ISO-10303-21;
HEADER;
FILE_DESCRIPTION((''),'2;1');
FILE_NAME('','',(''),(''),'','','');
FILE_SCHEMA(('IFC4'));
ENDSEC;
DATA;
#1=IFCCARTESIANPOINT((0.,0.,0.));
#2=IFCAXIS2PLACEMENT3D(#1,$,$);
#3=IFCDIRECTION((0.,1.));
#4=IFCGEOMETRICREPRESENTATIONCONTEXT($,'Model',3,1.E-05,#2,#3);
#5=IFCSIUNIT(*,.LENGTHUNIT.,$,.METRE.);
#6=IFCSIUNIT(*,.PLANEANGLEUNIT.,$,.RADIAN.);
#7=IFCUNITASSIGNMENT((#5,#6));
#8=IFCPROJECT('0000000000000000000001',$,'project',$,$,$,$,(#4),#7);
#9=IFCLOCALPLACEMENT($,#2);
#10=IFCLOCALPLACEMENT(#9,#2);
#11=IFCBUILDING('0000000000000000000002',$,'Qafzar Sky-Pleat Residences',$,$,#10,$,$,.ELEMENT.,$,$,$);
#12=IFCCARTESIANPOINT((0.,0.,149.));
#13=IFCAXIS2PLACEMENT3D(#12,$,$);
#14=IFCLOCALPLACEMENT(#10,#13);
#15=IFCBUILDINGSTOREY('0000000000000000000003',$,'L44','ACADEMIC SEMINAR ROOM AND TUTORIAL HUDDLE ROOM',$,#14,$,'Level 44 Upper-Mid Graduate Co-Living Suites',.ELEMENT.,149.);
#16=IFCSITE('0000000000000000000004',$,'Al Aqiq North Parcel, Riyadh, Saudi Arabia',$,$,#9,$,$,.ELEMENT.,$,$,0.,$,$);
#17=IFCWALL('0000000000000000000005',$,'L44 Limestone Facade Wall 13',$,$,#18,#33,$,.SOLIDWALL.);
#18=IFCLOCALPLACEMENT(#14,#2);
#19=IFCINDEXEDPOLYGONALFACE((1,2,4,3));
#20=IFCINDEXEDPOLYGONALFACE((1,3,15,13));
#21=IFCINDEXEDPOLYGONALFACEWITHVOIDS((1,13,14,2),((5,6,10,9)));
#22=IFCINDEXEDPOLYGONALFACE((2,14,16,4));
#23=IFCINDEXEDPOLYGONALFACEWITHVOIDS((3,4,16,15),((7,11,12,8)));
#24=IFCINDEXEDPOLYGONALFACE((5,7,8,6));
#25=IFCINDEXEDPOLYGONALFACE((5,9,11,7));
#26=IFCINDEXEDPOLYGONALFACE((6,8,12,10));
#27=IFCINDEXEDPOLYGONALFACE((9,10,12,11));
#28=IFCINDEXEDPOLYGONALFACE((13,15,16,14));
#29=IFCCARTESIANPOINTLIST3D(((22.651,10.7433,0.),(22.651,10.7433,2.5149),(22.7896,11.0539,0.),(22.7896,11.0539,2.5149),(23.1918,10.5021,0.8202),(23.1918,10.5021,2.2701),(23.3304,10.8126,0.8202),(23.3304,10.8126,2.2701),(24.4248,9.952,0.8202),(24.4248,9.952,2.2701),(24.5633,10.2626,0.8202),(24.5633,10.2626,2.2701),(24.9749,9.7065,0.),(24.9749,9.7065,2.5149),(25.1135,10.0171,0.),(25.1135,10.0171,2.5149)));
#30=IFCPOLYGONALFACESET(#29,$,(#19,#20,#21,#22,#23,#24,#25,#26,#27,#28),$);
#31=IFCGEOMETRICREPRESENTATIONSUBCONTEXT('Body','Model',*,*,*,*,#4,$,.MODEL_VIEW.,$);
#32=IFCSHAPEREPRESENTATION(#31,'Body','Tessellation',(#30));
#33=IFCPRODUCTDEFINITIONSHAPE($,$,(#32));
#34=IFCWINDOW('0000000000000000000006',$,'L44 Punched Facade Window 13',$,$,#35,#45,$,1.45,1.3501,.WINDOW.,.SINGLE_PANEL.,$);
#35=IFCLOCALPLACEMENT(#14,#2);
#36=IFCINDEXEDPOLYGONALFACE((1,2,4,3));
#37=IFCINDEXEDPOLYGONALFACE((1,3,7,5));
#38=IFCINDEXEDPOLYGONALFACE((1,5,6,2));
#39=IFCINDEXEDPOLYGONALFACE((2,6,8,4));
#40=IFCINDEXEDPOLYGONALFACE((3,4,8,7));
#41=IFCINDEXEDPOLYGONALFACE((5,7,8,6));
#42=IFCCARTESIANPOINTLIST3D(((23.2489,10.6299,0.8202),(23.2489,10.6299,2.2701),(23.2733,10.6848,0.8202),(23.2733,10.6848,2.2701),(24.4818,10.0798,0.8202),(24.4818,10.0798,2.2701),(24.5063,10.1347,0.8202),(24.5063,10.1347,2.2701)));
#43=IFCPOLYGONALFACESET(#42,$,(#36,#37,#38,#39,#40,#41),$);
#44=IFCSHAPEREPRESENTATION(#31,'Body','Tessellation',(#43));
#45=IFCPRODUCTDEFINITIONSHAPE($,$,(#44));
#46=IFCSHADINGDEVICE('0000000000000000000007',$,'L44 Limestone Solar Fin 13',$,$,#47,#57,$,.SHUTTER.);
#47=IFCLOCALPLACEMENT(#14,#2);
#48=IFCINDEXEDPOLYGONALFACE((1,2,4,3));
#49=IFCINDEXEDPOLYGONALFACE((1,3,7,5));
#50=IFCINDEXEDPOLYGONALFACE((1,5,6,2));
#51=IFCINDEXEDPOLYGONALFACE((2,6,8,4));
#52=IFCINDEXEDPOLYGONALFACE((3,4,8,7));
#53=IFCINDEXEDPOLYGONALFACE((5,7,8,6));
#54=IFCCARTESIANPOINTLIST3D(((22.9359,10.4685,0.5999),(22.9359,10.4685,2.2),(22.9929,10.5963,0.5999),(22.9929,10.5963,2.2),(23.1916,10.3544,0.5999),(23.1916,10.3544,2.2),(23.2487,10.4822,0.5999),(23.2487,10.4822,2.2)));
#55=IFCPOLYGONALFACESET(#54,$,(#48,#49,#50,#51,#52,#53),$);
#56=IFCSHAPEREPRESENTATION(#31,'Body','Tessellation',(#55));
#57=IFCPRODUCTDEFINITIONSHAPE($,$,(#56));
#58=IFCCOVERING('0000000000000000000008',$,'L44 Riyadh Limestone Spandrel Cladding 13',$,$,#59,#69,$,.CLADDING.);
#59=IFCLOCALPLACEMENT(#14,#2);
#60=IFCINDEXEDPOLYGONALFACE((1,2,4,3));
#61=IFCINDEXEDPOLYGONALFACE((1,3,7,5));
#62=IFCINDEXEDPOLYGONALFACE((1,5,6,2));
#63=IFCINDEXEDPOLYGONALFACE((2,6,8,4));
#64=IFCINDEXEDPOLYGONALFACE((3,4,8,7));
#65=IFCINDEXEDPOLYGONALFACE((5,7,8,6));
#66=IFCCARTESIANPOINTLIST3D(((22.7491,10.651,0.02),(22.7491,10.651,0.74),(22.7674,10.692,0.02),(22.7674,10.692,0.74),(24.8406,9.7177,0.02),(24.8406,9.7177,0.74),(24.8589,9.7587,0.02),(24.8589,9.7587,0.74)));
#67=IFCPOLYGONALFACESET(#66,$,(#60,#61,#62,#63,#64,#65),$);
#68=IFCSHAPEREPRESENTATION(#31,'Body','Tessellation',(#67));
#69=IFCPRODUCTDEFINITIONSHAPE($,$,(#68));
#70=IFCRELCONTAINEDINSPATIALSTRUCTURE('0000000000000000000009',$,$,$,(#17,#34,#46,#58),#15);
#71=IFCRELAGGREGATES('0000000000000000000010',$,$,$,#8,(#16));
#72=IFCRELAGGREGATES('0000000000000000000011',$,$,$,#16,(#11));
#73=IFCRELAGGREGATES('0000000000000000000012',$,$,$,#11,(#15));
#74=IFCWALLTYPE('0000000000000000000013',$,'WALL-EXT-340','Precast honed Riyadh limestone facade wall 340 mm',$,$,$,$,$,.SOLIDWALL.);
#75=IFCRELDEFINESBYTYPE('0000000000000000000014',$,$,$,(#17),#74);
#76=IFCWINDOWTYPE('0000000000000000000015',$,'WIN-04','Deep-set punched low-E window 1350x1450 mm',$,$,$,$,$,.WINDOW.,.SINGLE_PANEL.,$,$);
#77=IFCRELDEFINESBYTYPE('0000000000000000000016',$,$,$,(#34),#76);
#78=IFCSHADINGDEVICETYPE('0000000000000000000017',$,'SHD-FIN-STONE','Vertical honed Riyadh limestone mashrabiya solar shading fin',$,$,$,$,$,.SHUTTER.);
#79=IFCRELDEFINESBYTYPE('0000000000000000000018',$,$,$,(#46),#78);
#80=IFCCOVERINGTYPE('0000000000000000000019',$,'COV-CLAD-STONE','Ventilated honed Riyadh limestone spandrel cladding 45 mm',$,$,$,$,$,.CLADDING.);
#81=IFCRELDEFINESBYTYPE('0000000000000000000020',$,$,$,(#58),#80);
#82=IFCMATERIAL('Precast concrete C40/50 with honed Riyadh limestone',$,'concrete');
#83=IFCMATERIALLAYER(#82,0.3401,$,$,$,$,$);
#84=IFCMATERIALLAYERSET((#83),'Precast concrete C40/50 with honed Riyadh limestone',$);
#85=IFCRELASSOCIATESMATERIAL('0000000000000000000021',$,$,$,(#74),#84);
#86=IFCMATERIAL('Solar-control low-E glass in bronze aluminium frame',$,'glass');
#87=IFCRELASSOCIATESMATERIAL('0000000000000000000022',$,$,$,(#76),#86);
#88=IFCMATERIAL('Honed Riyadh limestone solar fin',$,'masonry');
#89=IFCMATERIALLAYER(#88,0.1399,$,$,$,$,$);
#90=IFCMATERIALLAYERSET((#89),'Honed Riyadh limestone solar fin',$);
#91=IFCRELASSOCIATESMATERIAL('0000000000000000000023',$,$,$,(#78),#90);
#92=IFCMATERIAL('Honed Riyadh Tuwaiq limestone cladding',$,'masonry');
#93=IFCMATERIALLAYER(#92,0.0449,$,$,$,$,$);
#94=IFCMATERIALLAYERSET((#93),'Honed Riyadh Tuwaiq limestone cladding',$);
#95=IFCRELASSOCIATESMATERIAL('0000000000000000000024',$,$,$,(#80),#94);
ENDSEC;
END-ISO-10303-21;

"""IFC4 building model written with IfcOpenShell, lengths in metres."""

from ifc_helpers import new_model, si_unit, direction, frame, frame_2d, origin, origin_2d, place, context, subcontext, project, spatial, rectangle, extrude, source, transform, mapped, material, layer, layer_set, type_object, element, fill, save


model = new_model("IFC4")

# Units and contexts
model_context = context("Model", 3, precision=1e-05, world=origin(), true_north=direction((0.0, 1.0)))
body_context = subcontext(model_context, "Body", "Model", "MODEL_VIEW")
ifc_project = project(units=[si_unit("LENGTHUNIT", "METRE"), si_unit("PLANEANGLEUNIT", "RADIAN")], contexts=[model_context])

# Site, building, storey
site_placement = place(None, origin())
site = spatial("IfcSite", under=ifc_project, at=site_placement, Name="Al Aqiq North Parcel, Riyadh, Saudi Arabia", CompositionType="ELEMENT", RefElevation=0.0)
building_placement = place(site_placement, origin())
building = spatial("IfcBuilding", under=site, at=building_placement, Name="Qafzar Sky-Pleat Residences", CompositionType="ELEMENT")
storey_placement = place(building_placement, frame((0.0, 0.0, 149.0)))
storey = spatial("IfcBuildingStorey", under=building, at=storey_placement, Name="L44", Description="ACADEMIC SEMINAR ROOM AND TUTORIAL HUDDLE ROOM", LongName="Level 44 Upper-Mid Graduate Co-Living Suites", CompositionType="ELEMENT", Elevation=149.0)

# Wall, opening, window
ifc_material_1 = material(Name="Precast concrete C40/50 with honed Riyadh limestone", Category="concrete")
ifc_layer_1 = layer(ifc_material_1, 0.3401)
ifc_layer_set_1 = layer_set([ifc_layer_1], Name="Precast concrete C40/50 with honed Riyadh limestone")
wall_type_1 = type_object("IfcWallType", Name="WALL-EXT-340", Description="Precast honed Riyadh limestone facade wall 340 mm", PredefinedType="SOLIDWALL", material=ifc_layer_set_1)
ifc_material_2 = material(Name="Solar-control low-E glass in bronze aluminium frame", Category="glass")
wall_1_placement = place(storey_placement, frame((22.7202, 10.8987, 0.0), z_axis=(0.0, 0.0, 1.0), x_axis=(0.913229, -0.407447, 0.0)))
wall_1 = element("IfcWall", 1, at=wall_1_placement, inside=storey, type_object=wall_type_1, Name="L44 Limestone Facade Wall 13", PredefinedType="SOLIDWALL", context=body_context, shape_type="SweptSolid", body=[
    extrude(rectangle(XDim=2.5447, YDim=0.3401, at=frame_2d((1.2725, 0.0))), origin(), (0.0, 0.0, 1.0), 2.5149),
])
opening_1_placement = place(wall_1_placement, frame((0.5923, 0.0, 0.8201)))
opening_1 = element("IfcOpeningElement", 2, at=opening_1_placement, cuts=wall_1, PredefinedType="OPENING", context=body_context, shape_type="SweptSolid", body=[
    extrude(rectangle(XDim=1.3501, YDim=1.45, at=frame_2d((0.675, 0.7251))), frame((0.0, 0.1802, 0.0), z_axis=(0.0, -1.0, 0.0), x_axis=(1.0, 0.0, 0.0)), (0.0, 0.0, 1.0), 0.3601),
])
window_type_1 = type_object("IfcWindowType", Name="WIN-04", Description="Deep-set punched low-E window 1350x1450 mm", PartitioningType="SINGLE_PANEL", PredefinedType="WINDOW", material=ifc_material_2)
shared_shape_1 = source(origin(), body_context, "Body", "SweptSolid", [
    extrude(rectangle(XDim=1.3501, YDim=1.45, at=frame_2d((0.675, 0.7251))), frame((0.0, 0.03, 0.0), z_axis=(0.0, -1.0, 0.0), x_axis=(1.0, 0.0, 0.0)), (0.0, 0.0, 1.0), 0.0601),
])
window_1_placement = place(opening_1_placement, origin())
window_1 = element("IfcWindow", 3, at=window_1_placement, inside=storey, type_object=window_type_1, Name="L44 Punched Facade Window 13", OverallHeight=1.45, OverallWidth=1.3501, PartitioningType="SINGLE_PANEL", PredefinedType="WINDOW", context=body_context, shape_type="MappedRepresentation", body=[
    mapped(shared_shape_1, transform((0.0, 0.0, 0.0), x_axis=(1.0, 0.0, 0.0), y_axis=(0.0, 1.0, 0.0), z_axis=(0.0, 0.0, 1.0), scale=1.0)),
])
fill(opening_1, window_1)

# Shading device
ifc_material_3 = material(Name="Honed Riyadh limestone solar fin", Category="masonry")
ifc_layer_2 = layer(ifc_material_3, 0.1399)
ifc_layer_set_2 = layer_set([ifc_layer_2], Name="Honed Riyadh limestone solar fin")
shading_device_type = type_object("IfcShadingDeviceType", Name="SHD-FIN-STONE", Description="Vertical honed Riyadh limestone mashrabiya solar shading fin", PredefinedType="SHUTTER", material=ifc_layer_set_2)
shared_shape_2 = source(origin(), body_context, "Body", "SweptSolid", [
    extrude(rectangle(XDim=0.1399, YDim=0.28, at=origin_2d()), origin(), (0.0, 0.0, 1.0), 1.6001),
])
shading_device_placement = place(storey_placement, frame((23.0923, 10.4753, 0.5999), z_axis=(0.0, 0.0, 1.0), x_axis=(-0.407515, -0.913199, 0.0)))
element("IfcShadingDevice", 4, at=shading_device_placement, inside=storey, type_object=shading_device_type, Name="L44 Limestone Solar Fin 13", PredefinedType="SHUTTER", context=body_context, shape_type="MappedRepresentation", body=[
    mapped(shared_shape_2, transform((0.0, 0.0, 0.0), x_axis=(1.0, 0.0, 0.0), y_axis=(0.0, 1.0, 0.0), z_axis=(0.0, 0.0, 1.0), scale=1.0)),
])

# Covering
ifc_material_4 = material(Name="Honed Riyadh Tuwaiq limestone cladding", Category="masonry")
ifc_layer_3 = layer(ifc_material_4, 0.0449)
ifc_layer_set_3 = layer_set([ifc_layer_3], Name="Honed Riyadh Tuwaiq limestone cladding")
covering_type = type_object("IfcCoveringType", Name="COV-CLAD-STONE", Description="Ventilated honed Riyadh limestone spandrel cladding 45 mm", PredefinedType="CLADDING", material=ifc_layer_set_3)
shared_shape_3 = source(origin(), body_context, "Body", "SweptSolid", [
    extrude(rectangle(XDim=2.2903, YDim=0.0449, at=origin_2d()), origin(), (0.0, 0.0, 1.0), 0.72),
])
covering_placement = place(storey_placement, frame((23.804, 10.2048, 0.02), z_axis=(0.0, 0.0, 1.0), x_axis=(0.913204, -0.407502, 0.0)))
element("IfcCovering", 5, at=covering_placement, inside=storey, type_object=covering_type, Name="L44 Riyadh Limestone Spandrel Cladding 13", PredefinedType="CLADDING", context=body_context, shape_type="MappedRepresentation", body=[
    mapped(shared_shape_3, transform((0.0, 0.0, 0.0), x_axis=(1.0, 0.0, 0.0), y_axis=(0.0, 1.0, 0.0), z_axis=(0.0, 0.0, 1.0), scale=1.0)),
])

save(model, "model.ifc")
